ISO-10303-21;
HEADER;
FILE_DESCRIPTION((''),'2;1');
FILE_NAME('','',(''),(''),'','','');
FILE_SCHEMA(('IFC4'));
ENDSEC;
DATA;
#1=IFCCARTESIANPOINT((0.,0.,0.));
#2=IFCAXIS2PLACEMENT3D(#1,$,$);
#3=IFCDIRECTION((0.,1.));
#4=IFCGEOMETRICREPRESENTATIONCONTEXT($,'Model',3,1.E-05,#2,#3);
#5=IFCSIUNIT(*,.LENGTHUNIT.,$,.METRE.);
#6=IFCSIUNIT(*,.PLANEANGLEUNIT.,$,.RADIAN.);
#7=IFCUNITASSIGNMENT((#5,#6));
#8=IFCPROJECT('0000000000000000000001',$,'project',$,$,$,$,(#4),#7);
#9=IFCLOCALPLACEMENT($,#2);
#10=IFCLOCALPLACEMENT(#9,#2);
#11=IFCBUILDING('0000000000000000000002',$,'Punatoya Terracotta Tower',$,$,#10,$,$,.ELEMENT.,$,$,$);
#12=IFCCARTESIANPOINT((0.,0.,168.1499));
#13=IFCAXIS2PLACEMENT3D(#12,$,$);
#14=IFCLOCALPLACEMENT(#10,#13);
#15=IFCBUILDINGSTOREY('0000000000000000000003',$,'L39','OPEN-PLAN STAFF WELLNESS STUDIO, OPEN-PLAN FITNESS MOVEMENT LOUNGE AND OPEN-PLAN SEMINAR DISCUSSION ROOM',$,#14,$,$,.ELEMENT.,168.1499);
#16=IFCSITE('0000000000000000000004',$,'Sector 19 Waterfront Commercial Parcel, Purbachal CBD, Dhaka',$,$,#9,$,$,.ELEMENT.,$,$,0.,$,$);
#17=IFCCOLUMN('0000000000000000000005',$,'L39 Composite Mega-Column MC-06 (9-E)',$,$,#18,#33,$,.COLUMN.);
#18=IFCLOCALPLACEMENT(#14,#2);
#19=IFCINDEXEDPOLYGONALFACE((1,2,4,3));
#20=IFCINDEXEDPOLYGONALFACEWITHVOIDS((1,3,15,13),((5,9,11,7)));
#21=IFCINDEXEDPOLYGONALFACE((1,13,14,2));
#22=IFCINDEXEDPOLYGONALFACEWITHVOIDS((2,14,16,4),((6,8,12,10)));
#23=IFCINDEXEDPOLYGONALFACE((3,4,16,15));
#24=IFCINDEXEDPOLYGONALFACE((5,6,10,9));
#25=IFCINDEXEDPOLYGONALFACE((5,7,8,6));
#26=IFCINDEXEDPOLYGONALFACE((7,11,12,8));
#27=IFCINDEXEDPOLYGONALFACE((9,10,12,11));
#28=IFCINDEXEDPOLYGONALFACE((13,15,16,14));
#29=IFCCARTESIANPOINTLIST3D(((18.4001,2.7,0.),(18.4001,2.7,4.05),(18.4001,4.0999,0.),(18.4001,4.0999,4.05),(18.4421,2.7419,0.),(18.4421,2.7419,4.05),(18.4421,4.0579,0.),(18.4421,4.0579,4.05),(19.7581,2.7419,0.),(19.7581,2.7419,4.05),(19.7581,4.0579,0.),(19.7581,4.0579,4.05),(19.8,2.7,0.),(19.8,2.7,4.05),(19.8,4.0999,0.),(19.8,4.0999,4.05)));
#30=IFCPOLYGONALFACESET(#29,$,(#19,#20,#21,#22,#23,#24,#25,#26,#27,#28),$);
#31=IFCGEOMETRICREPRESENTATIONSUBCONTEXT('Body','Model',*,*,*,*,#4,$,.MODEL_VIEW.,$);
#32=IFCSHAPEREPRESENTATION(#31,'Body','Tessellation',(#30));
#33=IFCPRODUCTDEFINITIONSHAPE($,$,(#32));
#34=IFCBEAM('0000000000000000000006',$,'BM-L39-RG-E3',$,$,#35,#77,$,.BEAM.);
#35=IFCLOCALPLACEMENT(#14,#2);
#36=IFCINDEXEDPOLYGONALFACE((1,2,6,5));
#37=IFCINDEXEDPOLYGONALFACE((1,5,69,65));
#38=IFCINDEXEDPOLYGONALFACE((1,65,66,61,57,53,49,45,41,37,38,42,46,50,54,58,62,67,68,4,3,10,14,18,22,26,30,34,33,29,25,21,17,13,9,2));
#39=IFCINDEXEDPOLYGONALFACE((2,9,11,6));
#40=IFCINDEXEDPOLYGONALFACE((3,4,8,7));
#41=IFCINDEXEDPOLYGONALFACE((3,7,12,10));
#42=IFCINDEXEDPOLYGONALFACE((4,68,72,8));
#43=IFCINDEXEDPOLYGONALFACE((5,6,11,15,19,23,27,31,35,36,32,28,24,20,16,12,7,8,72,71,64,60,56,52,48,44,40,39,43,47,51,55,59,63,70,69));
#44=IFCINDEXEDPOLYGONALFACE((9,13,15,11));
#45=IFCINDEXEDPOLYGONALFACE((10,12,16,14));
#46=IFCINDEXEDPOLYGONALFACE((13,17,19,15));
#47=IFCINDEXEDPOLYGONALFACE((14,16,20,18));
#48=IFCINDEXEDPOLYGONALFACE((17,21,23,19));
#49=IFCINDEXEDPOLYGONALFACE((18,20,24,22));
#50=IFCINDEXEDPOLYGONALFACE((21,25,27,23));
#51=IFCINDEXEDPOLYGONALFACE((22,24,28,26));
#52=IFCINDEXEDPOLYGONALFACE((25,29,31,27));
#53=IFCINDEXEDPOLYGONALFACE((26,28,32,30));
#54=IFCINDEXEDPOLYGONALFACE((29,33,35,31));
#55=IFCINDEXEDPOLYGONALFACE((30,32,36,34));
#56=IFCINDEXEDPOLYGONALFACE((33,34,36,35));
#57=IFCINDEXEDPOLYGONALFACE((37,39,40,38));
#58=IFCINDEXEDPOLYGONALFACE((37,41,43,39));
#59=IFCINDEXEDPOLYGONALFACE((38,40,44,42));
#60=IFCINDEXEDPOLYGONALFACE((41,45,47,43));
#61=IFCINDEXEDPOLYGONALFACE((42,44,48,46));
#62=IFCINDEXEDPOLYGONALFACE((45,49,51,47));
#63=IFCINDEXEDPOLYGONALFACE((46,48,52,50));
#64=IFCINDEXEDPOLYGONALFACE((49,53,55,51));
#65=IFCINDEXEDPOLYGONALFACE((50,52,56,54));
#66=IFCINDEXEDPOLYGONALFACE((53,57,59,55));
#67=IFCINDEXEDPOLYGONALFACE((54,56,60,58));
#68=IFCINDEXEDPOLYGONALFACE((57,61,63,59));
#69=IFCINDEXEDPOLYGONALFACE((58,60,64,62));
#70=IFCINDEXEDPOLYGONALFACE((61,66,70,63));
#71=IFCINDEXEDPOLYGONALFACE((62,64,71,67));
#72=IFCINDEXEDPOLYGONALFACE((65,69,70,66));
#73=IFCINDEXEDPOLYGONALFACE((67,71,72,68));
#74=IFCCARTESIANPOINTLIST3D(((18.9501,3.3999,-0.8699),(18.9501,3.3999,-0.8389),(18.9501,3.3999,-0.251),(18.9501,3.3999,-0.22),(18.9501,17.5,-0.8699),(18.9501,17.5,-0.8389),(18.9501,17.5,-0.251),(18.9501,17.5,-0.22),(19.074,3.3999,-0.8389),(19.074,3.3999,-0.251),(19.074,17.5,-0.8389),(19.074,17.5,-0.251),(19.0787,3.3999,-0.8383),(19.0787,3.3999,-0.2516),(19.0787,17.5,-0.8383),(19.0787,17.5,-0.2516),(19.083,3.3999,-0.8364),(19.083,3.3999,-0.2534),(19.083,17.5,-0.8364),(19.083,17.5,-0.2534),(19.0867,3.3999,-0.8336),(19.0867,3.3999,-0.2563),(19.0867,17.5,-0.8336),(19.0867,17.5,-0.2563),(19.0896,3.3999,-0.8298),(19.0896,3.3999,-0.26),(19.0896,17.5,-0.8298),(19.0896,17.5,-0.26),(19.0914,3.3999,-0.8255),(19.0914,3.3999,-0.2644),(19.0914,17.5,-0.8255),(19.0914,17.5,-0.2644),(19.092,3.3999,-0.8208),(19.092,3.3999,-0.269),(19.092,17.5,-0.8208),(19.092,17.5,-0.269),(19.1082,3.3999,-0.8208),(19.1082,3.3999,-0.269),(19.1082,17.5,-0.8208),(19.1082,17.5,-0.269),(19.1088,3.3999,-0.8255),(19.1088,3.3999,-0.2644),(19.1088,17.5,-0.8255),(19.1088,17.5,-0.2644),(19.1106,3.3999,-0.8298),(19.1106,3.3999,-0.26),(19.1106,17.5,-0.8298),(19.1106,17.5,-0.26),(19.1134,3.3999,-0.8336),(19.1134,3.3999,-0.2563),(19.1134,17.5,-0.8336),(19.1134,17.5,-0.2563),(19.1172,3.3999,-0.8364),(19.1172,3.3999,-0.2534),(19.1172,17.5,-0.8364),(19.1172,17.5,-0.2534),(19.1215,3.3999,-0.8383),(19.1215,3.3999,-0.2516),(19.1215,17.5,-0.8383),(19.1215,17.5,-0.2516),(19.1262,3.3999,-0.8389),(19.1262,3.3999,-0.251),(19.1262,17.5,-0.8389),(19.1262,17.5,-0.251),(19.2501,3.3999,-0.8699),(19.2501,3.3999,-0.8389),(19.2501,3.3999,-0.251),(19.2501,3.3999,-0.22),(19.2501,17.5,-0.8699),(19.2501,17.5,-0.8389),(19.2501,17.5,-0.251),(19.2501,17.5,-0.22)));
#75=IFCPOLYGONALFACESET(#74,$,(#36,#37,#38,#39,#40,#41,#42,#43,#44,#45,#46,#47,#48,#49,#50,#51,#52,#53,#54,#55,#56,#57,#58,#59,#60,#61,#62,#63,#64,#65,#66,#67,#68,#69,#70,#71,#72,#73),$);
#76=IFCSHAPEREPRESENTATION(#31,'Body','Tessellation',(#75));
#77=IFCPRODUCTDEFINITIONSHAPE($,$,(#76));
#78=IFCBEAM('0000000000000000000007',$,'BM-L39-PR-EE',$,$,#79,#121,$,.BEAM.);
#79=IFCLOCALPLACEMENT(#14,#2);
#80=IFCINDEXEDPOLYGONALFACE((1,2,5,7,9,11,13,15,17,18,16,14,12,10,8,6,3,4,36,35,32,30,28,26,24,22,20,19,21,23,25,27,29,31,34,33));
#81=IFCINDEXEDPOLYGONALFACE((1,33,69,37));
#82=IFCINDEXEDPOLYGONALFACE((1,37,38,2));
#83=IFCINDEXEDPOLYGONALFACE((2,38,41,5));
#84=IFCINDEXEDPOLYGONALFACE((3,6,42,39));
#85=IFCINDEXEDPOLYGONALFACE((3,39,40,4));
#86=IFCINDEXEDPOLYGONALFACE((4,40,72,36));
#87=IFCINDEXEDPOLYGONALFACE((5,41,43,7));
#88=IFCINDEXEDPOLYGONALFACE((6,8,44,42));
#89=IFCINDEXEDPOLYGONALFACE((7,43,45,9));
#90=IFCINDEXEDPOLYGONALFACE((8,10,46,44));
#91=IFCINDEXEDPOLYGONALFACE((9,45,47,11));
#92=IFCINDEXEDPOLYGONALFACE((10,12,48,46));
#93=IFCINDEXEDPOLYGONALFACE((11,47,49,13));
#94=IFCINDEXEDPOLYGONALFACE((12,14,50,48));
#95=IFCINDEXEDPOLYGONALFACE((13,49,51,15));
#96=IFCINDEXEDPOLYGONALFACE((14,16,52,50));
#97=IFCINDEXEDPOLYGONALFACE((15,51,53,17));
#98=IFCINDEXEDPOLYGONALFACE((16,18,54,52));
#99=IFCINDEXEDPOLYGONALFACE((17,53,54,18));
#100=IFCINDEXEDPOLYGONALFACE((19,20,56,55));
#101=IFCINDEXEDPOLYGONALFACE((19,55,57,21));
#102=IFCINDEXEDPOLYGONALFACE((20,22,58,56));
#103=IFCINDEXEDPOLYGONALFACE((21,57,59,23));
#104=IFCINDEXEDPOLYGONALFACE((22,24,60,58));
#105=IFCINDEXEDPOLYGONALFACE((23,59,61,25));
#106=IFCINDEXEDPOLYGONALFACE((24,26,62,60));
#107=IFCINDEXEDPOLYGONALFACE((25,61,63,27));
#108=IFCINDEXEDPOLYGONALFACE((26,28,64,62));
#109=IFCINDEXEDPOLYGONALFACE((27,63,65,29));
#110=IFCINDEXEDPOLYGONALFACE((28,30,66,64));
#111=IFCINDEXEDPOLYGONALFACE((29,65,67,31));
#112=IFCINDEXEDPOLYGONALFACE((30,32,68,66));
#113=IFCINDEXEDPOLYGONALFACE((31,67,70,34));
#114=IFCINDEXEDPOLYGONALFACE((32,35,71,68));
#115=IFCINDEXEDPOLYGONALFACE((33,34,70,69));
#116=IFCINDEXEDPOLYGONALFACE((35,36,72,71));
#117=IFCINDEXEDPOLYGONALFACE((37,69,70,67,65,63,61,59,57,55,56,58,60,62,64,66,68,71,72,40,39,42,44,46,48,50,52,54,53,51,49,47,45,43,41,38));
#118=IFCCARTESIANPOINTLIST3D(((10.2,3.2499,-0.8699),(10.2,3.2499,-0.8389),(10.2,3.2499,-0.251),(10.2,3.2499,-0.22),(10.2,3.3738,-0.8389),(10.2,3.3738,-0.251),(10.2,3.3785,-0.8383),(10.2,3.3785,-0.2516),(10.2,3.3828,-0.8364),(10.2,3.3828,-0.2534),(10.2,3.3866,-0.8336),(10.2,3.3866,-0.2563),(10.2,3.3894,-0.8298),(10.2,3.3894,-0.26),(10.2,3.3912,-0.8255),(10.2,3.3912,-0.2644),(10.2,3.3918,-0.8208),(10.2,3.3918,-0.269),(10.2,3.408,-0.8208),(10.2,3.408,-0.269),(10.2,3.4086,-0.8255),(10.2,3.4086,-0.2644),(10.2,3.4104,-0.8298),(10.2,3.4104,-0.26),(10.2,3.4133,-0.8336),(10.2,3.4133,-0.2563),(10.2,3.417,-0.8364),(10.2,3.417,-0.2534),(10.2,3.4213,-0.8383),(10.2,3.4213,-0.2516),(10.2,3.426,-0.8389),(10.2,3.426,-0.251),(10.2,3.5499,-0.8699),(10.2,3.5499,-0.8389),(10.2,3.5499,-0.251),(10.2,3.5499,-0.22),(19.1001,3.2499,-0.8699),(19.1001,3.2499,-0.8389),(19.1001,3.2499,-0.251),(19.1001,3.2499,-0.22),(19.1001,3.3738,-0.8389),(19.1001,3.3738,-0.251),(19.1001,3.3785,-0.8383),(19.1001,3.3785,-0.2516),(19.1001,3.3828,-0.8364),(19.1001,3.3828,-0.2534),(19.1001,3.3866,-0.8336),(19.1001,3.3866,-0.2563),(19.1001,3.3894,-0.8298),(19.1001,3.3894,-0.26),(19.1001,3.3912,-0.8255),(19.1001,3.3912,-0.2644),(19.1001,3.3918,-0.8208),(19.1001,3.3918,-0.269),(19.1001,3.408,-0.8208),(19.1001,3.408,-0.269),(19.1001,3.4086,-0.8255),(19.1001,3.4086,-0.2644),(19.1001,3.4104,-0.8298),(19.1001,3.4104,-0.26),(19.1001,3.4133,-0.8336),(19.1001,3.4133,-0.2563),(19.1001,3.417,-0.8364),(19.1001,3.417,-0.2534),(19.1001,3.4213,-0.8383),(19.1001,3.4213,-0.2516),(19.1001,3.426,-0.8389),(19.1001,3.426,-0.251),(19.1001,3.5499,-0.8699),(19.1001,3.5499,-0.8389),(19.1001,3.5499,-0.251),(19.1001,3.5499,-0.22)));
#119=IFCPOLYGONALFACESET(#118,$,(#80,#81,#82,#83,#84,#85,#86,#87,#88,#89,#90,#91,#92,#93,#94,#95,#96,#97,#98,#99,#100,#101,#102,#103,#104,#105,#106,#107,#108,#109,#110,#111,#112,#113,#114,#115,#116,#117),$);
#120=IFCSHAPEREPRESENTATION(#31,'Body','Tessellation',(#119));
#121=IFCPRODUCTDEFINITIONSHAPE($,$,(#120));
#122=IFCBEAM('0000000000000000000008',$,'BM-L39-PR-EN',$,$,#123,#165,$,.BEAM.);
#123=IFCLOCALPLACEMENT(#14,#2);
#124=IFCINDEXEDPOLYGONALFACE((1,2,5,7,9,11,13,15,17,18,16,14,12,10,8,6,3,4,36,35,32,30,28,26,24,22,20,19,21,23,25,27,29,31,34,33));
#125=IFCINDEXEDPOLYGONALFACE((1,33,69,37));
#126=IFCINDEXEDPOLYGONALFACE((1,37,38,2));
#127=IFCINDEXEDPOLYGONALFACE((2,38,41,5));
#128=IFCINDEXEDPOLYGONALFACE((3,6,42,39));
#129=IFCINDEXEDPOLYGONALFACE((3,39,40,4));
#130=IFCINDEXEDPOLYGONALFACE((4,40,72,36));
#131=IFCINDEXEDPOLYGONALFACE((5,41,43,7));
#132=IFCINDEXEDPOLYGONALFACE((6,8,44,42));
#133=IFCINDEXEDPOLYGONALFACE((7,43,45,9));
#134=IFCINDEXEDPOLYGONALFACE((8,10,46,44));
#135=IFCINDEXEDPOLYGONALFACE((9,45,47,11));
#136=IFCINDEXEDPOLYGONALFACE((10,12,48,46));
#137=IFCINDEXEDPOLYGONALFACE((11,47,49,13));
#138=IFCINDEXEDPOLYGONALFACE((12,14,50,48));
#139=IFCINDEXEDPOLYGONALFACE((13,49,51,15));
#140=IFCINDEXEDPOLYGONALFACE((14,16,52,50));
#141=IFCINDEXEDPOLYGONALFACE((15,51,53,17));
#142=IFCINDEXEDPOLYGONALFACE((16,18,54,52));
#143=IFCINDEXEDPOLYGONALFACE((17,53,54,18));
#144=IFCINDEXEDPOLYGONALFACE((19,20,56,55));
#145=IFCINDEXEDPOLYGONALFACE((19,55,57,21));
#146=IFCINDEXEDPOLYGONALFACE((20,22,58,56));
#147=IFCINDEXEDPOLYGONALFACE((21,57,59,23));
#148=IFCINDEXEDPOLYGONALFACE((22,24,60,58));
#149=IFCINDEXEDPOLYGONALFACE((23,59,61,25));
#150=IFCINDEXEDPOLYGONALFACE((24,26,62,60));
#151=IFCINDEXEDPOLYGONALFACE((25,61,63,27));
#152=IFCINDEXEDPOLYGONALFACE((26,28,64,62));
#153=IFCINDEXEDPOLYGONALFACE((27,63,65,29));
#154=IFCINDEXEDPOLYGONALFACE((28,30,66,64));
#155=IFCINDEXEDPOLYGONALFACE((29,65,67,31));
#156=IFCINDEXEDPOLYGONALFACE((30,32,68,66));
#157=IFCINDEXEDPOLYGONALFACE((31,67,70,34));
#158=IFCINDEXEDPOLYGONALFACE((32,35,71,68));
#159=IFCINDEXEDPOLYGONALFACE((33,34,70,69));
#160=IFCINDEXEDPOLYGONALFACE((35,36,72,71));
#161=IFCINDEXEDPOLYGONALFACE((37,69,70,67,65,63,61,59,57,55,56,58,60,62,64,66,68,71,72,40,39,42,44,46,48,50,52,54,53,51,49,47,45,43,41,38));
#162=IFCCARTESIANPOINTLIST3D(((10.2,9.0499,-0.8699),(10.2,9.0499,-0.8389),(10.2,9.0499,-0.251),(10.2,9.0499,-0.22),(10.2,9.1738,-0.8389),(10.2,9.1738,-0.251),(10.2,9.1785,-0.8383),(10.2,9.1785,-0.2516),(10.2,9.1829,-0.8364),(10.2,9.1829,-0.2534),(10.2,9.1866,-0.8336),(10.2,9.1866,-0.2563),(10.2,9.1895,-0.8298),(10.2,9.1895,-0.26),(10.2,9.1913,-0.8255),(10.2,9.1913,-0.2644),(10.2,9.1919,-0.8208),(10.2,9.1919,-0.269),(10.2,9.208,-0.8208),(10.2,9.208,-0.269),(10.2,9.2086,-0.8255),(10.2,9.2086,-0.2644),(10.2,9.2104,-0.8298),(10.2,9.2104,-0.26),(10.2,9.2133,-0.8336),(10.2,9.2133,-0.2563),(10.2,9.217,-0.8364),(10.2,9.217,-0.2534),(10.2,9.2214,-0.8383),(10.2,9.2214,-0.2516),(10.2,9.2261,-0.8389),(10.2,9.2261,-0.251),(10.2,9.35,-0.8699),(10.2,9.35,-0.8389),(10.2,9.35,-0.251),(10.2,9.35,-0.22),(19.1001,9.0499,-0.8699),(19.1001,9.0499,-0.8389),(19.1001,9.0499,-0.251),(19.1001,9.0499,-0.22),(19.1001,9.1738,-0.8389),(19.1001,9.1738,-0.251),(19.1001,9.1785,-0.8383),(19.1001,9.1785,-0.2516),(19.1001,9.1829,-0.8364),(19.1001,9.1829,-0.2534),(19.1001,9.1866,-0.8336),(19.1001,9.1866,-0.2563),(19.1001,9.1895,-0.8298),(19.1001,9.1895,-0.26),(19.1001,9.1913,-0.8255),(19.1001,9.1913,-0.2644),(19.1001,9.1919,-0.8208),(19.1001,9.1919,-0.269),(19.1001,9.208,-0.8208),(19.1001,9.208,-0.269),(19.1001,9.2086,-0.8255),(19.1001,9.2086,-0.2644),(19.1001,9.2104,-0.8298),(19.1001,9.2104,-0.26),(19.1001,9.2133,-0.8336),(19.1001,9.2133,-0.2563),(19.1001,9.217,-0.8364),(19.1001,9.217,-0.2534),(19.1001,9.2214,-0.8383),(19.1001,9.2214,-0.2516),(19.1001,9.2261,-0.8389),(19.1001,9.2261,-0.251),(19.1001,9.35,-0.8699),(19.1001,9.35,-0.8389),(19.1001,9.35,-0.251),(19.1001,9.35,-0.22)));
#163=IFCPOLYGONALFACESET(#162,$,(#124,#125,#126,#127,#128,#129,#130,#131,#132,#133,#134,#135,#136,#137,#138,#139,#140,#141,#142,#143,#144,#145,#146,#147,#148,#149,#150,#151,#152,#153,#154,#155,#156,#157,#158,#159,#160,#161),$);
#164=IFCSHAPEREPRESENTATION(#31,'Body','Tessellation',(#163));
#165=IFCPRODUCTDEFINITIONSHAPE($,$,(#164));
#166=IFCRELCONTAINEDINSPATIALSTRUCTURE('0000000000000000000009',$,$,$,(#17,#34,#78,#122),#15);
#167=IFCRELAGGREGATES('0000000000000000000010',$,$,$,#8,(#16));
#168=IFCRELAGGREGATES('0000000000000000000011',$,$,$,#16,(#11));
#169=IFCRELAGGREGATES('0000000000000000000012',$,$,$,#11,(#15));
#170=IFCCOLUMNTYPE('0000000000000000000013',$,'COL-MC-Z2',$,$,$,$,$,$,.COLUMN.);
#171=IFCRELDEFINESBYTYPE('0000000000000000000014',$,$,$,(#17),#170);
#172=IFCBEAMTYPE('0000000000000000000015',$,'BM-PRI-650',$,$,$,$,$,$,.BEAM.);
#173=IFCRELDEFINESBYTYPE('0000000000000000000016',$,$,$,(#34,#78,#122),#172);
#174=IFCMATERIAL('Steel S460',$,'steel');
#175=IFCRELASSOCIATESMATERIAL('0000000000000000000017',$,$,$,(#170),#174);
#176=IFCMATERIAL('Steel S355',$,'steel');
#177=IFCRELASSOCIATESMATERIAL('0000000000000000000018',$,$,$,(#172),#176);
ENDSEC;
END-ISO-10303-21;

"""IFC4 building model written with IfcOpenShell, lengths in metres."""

from ifc_helpers import new_model, si_unit, direction, frame, origin, origin_2d, place, context, subcontext, project, spatial, hollow_rectangle, i_section, extrude, material, material_profile, profile_set, type_object, element, save


model = new_model("IFC4")

# Units and contexts
model_context = context("Model", 3, precision=1e-05, world=origin(), true_north=direction((0.0, 1.0)))
body_context = subcontext(model_context, "Body", "Model", "MODEL_VIEW")
ifc_project = project(units=[si_unit("LENGTHUNIT", "METRE"), si_unit("PLANEANGLEUNIT", "RADIAN")], contexts=[model_context])

# Site, building, storey
site_placement = place(None, origin())
site = spatial("IfcSite", under=ifc_project, at=site_placement, Name="Sector 19 Waterfront Commercial Parcel, Purbachal CBD, Dhaka", CompositionType="ELEMENT", RefElevation=0.0)
building_placement = place(site_placement, origin())
building = spatial("IfcBuilding", under=site, at=building_placement, Name="Punatoya Terracotta Tower", CompositionType="ELEMENT")
storey_placement = place(building_placement, frame((0.0, 0.0, 168.1499)))
storey = spatial("IfcBuildingStorey", under=building, at=storey_placement, Name="L39", Description="OPEN-PLAN STAFF WELLNESS STUDIO, OPEN-PLAN FITNESS MOVEMENT LOUNGE AND OPEN-PLAN SEMINAR DISCUSSION ROOM", CompositionType="ELEMENT", Elevation=168.1499)

# Column
ifc_material_1 = material(Name="Steel S460", Category="steel")
ifc_material_profile_1 = material_profile(ifc_material_1, hollow_rectangle(XDim=1.3999, YDim=1.3999, WallThickness=0.042, at=origin_2d()))
ifc_profile_set_1 = profile_set([ifc_material_profile_1], Name="Steel S460")
column_type = type_object("IfcColumnType", Name="COL-MC-Z2", PredefinedType="COLUMN", material=ifc_profile_set_1)
column_placement = place(storey_placement, frame((19.1001, 3.3999, 0.0), z_axis=(0.0, 0.0, 1.0), x_axis=(1.0, 0.0, 0.0)))
element("IfcColumn", 1, at=column_placement, inside=storey, type_object=column_type, Name="L39 Composite Mega-Column MC-06 (9-E)", PredefinedType="COLUMN", context=body_context, shape_type="SweptSolid", body=[
    extrude(hollow_rectangle(XDim=1.3999, YDim=1.3999, WallThickness=0.042, at=origin_2d()), origin(), (0.0, 0.0, 1.0), 4.05),
])

# Beams
ifc_material_2 = material(Name="Steel S355", Category="steel")
ifc_material_profile_2 = material_profile(ifc_material_2, i_section(OverallWidth=0.3, OverallDepth=0.6499, WebThickness=0.0161, FlangeThickness=0.031, FilletRadius=0.0181, at=origin_2d()))
ifc_profile_set_2 = profile_set([ifc_material_profile_2], Name="Steel S355")
beam_type_1 = type_object("IfcBeamType", Name="BM-PRI-650", PredefinedType="BEAM", material=ifc_profile_set_2)
beam_1_placement = place(storey_placement, frame((19.1001, 3.3999, -0.5449), z_axis=(0.0, 1.0, 0.0), x_axis=(-1.0, 0.0, 0.0)))
element("IfcBeam", 2, at=beam_1_placement, inside=storey, type_object=beam_type_1, Name="BM-L39-RG-E3", PredefinedType="BEAM", context=body_context, shape_type="SweptSolid", body=[
    extrude(i_section(OverallWidth=0.3, OverallDepth=0.6499, WebThickness=0.0161, FlangeThickness=0.031, FilletRadius=0.0181, at=origin_2d()), origin(), (0.0, 0.0, 1.0), 14.1001),
])
for number, where, z_axis, x_axis, name in (
    (3, (10.2, 3.3999, -0.5449), (1.0, 0.0, 0.0), (0.0, 1.0, 0.0), "BM-L39-PR-EE"),
    (4, (10.2, 9.2, -0.5449), (1.0, 0.0, 0.0), (0.0, 1.0, 0.0), "BM-L39-PR-EN"),
):
    element("IfcBeam", number, at=place(storey_placement, frame(where, z_axis=z_axis, x_axis=x_axis)), inside=storey, type_object=beam_type_1, Name=name, PredefinedType="BEAM", context=body_context, shape_type="SweptSolid", body=[
        extrude(i_section(OverallWidth=0.3, OverallDepth=0.6499, WebThickness=0.0161, FlangeThickness=0.031, FilletRadius=0.0181, at=origin_2d()), origin(), (0.0, 0.0, 1.0), 8.9001),
    ])

save(model, "model.ifc")
